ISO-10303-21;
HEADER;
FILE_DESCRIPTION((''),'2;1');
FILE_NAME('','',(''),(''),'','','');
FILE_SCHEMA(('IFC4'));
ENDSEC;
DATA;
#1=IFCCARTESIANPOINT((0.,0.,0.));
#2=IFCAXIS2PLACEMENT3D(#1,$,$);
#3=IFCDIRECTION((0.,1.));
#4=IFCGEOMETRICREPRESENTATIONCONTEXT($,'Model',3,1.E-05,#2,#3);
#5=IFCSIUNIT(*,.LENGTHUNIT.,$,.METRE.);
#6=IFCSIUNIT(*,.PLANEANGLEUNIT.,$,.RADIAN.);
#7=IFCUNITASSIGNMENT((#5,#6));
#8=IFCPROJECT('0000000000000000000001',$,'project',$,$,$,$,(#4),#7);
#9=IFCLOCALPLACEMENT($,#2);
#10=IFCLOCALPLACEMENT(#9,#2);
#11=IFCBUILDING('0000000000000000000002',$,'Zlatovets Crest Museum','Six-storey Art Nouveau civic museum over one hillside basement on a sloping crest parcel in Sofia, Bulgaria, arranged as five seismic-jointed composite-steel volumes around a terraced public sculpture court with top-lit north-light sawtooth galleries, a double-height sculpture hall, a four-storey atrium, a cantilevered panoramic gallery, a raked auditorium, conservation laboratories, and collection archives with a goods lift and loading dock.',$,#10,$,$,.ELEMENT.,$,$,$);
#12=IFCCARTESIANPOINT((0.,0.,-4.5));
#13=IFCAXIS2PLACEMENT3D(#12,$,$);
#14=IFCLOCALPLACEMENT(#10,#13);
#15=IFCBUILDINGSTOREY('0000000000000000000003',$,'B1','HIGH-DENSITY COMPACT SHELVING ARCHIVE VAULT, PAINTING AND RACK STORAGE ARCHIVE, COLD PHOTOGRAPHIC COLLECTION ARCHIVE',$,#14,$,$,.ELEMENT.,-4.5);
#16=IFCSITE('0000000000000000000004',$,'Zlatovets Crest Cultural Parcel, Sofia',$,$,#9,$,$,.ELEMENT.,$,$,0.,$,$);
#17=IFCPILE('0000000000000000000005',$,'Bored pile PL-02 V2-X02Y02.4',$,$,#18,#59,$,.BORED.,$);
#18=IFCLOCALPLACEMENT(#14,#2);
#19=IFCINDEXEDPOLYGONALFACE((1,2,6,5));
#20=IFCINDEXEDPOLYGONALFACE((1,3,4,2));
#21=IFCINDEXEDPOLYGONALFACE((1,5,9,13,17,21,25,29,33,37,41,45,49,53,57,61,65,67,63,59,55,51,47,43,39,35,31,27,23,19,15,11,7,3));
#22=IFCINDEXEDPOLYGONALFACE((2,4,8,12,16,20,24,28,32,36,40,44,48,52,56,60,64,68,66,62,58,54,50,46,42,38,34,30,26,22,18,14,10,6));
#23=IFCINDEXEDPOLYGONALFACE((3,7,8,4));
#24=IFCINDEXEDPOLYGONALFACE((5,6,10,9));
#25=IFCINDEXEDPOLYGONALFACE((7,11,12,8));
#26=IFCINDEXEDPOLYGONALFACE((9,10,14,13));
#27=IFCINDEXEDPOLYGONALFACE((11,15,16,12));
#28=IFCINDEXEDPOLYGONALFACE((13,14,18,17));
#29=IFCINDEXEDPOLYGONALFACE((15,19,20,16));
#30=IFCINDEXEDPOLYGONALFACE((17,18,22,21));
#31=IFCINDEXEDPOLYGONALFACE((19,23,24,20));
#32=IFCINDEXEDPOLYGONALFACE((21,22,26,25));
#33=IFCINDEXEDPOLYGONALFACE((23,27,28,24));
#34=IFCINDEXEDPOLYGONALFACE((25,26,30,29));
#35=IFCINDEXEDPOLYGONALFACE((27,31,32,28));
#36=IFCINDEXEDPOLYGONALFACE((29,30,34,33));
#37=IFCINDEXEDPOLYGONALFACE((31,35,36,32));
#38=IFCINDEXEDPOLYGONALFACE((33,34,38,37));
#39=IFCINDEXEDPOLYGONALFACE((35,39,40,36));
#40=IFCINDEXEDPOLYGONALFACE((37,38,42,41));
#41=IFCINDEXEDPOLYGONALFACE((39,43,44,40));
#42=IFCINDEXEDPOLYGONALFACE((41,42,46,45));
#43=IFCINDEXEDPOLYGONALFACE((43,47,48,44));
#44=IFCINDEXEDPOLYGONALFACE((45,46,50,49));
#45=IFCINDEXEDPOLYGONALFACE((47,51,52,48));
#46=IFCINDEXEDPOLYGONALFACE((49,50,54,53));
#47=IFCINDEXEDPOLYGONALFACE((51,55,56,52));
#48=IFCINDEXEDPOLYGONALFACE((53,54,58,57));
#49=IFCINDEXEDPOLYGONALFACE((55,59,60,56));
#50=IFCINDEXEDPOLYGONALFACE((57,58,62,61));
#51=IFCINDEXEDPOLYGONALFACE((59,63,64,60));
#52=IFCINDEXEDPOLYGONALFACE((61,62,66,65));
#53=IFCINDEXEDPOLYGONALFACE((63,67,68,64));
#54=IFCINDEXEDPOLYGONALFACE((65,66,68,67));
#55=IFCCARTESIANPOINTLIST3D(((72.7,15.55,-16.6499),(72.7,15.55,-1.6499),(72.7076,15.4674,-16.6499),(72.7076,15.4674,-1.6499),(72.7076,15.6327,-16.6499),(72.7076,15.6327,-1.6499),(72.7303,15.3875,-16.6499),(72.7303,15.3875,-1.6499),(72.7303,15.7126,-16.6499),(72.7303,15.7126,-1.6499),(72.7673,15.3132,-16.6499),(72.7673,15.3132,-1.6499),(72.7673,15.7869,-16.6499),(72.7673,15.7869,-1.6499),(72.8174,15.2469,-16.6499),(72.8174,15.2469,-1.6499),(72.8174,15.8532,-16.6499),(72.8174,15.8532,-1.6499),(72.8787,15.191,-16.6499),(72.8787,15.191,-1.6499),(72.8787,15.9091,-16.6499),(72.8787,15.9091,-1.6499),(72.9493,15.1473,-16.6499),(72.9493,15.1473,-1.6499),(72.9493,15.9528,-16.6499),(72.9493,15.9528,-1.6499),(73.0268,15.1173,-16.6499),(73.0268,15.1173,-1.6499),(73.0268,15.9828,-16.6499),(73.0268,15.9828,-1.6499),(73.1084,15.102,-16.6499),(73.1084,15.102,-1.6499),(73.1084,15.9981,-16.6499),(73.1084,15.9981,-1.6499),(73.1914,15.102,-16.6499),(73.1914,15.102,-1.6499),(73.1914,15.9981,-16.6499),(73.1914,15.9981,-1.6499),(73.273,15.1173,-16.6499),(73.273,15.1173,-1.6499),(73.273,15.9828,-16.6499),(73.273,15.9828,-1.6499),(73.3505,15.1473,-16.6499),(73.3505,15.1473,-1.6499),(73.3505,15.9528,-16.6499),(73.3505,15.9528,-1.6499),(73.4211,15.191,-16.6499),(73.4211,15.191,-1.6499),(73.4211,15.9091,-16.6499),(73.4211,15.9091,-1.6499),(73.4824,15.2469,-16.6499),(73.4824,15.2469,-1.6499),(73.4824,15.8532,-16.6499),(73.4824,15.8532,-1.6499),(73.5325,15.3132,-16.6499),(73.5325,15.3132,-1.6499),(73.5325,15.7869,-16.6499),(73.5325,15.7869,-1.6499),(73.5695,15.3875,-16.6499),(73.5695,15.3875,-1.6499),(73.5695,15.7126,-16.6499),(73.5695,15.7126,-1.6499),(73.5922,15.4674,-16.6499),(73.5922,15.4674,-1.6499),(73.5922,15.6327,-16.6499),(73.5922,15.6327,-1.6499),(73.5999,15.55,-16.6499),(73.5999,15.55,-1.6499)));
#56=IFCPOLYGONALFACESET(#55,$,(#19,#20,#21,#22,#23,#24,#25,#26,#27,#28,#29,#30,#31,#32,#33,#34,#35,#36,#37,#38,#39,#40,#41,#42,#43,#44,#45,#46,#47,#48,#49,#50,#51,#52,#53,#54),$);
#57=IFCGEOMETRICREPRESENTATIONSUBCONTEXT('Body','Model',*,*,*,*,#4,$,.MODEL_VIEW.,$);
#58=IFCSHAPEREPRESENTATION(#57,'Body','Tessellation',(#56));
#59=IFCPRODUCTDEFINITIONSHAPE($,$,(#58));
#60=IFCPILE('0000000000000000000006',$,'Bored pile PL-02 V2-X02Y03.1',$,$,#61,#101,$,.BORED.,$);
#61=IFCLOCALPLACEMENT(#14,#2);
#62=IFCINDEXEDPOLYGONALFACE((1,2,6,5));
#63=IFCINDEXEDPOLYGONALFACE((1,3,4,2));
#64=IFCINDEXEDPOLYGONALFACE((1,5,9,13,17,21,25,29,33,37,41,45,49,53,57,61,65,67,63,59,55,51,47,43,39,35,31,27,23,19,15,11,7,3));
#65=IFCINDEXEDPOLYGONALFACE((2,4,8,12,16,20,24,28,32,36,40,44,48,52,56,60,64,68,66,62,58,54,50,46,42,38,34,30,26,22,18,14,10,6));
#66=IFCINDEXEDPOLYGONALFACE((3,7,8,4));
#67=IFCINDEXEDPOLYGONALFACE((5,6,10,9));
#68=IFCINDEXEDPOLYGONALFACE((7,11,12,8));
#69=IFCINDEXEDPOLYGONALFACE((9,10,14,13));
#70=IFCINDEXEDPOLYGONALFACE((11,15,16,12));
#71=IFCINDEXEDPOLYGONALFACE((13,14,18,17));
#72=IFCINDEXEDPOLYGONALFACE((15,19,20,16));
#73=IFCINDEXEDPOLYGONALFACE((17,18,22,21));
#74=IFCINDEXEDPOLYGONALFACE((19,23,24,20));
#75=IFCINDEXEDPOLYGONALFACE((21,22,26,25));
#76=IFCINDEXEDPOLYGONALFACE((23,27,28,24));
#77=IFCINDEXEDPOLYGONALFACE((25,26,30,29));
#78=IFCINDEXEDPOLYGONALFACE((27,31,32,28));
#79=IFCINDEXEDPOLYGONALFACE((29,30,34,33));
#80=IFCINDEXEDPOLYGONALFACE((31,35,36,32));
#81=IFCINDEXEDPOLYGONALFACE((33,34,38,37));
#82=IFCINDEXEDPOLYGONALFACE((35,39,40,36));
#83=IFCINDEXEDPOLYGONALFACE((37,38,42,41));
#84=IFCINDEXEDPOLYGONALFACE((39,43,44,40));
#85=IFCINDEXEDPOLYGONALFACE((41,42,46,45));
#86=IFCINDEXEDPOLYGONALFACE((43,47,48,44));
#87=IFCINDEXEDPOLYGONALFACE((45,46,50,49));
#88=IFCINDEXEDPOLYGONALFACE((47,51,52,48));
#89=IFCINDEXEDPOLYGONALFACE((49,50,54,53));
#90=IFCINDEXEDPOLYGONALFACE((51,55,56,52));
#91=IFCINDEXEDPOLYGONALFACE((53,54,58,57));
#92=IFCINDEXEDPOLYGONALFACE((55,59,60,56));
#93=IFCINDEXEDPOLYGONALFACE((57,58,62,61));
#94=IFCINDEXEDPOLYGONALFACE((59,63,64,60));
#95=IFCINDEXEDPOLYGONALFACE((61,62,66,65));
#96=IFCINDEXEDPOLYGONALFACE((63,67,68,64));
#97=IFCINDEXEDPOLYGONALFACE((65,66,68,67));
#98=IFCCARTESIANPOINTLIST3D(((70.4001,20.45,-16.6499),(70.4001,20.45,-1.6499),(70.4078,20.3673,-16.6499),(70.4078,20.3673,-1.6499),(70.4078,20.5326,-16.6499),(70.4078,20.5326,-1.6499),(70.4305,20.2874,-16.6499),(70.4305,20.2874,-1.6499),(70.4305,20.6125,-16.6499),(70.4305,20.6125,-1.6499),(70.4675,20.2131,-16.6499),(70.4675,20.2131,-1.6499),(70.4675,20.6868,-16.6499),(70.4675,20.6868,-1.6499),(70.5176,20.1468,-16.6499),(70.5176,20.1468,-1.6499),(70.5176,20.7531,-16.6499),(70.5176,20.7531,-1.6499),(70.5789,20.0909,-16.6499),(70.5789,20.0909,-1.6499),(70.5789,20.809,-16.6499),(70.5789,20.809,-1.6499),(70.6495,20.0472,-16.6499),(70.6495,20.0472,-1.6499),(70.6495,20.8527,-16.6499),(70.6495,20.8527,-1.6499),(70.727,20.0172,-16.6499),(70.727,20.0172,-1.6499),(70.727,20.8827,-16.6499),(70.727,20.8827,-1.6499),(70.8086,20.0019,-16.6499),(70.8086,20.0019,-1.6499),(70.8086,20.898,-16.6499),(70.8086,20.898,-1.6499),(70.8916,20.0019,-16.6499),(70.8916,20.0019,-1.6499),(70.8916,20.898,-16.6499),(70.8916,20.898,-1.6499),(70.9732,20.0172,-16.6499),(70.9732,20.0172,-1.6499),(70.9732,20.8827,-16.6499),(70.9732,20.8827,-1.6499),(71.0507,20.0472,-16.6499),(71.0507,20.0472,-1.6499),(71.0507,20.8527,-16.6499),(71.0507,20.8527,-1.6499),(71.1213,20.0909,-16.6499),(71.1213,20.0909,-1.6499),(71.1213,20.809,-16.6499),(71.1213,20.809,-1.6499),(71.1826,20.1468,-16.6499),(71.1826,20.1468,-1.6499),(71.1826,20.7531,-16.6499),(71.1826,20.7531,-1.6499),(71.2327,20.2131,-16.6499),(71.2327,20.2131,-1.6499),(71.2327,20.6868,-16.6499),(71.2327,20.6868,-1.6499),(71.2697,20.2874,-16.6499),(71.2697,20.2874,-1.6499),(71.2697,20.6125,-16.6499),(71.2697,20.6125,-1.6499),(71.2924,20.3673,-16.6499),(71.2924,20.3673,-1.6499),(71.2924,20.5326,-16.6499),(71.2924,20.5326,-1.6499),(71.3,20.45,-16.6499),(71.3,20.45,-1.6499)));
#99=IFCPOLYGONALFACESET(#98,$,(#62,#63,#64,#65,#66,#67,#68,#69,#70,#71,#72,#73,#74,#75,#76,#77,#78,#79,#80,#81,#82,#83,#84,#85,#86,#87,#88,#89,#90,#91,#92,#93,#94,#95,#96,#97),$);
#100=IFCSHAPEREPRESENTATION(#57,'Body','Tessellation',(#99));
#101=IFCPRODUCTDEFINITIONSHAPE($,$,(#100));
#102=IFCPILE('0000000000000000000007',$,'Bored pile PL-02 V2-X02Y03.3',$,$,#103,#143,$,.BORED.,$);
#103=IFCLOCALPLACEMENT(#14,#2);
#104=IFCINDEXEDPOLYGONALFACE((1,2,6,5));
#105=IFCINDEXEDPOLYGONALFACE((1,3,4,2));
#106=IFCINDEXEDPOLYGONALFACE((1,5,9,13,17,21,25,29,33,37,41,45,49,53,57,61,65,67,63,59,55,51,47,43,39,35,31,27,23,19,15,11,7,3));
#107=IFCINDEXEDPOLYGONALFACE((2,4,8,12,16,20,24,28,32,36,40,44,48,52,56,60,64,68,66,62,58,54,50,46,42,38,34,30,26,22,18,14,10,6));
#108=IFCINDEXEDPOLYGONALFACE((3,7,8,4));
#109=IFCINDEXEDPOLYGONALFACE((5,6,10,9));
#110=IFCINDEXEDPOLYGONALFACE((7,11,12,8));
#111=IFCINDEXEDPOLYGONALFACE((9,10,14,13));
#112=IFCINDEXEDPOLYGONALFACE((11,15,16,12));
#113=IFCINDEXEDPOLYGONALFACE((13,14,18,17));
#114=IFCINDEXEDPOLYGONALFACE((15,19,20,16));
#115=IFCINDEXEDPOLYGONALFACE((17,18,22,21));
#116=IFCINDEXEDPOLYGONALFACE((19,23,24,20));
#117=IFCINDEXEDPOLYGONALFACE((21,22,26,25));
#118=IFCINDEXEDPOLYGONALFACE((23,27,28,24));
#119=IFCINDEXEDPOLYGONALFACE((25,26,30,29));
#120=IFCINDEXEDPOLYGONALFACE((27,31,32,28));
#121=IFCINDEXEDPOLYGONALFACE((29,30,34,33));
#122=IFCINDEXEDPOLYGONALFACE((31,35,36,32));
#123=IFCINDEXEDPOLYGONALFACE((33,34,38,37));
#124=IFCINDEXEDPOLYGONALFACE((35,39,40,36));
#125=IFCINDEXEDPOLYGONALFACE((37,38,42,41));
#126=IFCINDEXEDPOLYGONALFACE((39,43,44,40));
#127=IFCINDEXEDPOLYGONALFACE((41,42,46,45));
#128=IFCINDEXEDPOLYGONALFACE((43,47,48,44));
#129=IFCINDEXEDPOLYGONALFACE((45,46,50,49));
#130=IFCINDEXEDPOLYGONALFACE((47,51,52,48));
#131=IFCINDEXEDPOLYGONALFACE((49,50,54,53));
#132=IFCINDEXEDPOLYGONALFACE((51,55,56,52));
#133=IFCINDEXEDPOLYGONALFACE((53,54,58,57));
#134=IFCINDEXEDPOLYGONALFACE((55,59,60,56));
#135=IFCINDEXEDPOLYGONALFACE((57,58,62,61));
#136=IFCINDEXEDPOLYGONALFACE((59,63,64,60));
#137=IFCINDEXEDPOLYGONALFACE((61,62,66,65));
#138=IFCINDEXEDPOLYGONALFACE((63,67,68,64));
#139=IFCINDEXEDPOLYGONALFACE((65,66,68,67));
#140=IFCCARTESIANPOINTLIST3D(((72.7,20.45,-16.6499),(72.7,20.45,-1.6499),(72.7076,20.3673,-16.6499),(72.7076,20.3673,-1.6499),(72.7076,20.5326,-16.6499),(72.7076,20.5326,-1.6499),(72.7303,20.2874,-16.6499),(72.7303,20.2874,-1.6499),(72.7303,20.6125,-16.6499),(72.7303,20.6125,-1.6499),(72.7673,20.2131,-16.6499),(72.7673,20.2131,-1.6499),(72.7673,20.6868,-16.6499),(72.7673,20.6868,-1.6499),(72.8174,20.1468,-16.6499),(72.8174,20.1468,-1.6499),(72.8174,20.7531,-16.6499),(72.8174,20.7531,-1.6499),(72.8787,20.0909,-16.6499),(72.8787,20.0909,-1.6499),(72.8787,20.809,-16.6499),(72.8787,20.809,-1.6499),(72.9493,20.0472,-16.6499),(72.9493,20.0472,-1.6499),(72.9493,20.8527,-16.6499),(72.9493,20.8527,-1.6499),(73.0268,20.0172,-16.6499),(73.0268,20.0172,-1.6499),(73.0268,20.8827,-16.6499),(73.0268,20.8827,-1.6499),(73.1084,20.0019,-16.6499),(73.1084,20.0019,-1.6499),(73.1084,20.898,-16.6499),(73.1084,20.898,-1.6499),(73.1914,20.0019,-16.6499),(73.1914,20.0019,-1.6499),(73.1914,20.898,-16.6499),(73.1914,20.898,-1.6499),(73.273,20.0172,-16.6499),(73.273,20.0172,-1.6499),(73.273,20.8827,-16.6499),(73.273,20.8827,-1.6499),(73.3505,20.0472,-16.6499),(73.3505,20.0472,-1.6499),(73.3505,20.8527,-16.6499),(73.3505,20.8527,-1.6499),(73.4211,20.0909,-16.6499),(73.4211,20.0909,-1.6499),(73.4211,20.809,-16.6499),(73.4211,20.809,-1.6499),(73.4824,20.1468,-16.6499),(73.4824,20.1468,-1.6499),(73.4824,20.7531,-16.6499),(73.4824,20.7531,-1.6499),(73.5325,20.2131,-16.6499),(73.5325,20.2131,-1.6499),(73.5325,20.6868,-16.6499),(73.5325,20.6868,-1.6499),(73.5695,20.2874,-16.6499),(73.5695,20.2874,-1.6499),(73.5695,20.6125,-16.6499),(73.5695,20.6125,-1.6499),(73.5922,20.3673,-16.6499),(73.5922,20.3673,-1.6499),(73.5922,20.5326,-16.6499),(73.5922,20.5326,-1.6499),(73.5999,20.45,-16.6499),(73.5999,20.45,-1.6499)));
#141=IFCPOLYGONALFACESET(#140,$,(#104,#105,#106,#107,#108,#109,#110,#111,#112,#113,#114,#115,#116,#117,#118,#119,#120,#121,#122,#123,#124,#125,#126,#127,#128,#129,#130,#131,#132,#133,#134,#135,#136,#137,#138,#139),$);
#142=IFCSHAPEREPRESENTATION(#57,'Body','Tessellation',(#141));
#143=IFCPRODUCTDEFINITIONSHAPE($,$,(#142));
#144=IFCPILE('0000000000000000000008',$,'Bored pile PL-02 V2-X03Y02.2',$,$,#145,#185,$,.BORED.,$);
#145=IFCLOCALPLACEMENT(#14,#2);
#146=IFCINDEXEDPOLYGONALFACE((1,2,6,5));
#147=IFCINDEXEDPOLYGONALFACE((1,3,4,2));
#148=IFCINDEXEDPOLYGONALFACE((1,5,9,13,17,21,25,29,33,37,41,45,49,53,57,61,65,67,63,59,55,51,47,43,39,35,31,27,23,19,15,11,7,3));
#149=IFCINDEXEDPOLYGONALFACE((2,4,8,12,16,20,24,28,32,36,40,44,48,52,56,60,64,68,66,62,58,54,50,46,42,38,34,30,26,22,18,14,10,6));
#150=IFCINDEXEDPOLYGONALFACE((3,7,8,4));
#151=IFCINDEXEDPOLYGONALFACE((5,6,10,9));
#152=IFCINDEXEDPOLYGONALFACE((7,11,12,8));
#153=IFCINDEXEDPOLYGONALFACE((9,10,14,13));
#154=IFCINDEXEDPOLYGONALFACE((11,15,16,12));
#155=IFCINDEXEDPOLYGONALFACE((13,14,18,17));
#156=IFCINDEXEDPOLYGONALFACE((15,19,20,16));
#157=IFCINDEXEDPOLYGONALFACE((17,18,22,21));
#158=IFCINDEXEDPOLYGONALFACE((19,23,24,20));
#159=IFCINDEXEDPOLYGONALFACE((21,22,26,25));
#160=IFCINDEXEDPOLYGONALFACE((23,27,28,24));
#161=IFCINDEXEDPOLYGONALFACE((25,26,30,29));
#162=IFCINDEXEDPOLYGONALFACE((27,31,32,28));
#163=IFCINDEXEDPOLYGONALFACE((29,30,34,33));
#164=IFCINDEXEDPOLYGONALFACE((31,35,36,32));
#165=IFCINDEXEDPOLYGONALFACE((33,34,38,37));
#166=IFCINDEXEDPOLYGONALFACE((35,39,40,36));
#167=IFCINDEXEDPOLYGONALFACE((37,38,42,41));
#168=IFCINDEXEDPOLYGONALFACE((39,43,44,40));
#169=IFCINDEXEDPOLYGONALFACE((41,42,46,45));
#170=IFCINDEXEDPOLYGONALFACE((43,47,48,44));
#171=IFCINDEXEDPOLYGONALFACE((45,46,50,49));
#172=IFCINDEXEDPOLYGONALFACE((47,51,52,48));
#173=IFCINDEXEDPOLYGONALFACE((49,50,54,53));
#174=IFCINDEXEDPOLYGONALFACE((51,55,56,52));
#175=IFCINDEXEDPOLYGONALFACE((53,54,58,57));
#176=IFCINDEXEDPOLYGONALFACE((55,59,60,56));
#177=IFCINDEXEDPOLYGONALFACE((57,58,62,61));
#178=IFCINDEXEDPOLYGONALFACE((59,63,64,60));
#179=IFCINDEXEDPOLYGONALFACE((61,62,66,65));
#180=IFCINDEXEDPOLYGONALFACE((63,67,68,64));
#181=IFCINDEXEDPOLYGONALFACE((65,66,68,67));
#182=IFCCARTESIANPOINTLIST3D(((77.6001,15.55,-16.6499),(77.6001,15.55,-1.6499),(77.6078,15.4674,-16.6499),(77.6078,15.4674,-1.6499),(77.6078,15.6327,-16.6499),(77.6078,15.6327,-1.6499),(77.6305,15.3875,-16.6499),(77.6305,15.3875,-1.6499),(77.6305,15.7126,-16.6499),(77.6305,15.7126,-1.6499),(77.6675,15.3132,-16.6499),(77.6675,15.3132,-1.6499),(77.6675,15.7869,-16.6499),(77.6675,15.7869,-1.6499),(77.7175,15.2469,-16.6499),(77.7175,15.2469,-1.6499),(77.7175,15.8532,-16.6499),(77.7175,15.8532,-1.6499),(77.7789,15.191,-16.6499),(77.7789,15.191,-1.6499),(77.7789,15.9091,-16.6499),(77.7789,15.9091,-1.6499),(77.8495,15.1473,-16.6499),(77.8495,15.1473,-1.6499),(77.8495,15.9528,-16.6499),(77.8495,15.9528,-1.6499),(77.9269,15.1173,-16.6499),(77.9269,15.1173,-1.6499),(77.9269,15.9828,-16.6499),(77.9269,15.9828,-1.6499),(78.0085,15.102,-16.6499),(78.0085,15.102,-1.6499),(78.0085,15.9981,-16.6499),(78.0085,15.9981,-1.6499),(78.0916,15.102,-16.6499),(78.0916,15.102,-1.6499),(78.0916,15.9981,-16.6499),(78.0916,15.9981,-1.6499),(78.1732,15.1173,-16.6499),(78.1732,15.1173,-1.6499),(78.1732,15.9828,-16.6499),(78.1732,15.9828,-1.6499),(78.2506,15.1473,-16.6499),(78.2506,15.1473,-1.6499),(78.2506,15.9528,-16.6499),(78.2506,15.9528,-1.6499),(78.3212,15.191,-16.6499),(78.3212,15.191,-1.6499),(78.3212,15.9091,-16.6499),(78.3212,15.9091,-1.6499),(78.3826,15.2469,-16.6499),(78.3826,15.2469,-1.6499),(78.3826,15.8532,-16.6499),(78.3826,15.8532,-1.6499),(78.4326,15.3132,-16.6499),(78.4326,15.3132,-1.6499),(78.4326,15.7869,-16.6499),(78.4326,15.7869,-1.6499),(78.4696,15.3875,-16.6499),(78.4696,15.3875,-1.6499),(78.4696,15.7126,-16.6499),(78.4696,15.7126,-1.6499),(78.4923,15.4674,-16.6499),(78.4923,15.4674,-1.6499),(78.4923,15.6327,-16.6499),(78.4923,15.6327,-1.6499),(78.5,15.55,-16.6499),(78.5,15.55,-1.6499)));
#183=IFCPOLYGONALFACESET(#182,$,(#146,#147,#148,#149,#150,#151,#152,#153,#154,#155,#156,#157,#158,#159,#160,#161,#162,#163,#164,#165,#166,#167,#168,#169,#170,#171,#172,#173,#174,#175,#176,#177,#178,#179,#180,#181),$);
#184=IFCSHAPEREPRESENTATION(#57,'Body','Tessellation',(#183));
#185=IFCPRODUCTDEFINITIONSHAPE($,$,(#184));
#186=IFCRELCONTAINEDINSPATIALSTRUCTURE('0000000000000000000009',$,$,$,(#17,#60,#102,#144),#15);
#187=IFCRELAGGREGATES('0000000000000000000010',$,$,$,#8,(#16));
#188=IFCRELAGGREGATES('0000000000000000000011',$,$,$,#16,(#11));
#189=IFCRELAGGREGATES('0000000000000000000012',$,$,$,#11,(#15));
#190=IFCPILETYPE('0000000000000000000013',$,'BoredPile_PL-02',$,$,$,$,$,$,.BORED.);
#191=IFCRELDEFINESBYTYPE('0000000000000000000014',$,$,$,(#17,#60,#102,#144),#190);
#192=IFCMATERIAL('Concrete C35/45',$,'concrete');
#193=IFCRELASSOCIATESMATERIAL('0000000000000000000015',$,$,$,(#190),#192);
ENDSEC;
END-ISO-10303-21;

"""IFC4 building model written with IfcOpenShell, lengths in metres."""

from ifc_helpers import new_model, si_unit, direction, frame, origin, origin_2d, place, context, subcontext, project, spatial, circle, extrude, material, material_profile, profile_set, type_object, element, save


model = new_model("IFC4")

# Units and contexts
model_context = context("Model", 3, precision=1e-05, world=origin(), true_north=direction((0.0, 1.0)))
body_context = subcontext(model_context, "Body", "Model", "MODEL_VIEW")
ifc_project = project(units=[si_unit("LENGTHUNIT", "METRE"), si_unit("PLANEANGLEUNIT", "RADIAN")], contexts=[model_context])

# Site, building, storey
site_placement = place(None, origin())
site = spatial("IfcSite", under=ifc_project, at=site_placement, Name="Zlatovets Crest Cultural Parcel, Sofia", CompositionType="ELEMENT", RefElevation=0.0)
building_placement = place(site_placement, origin())
building = spatial("IfcBuilding", under=site, at=building_placement, Name="Zlatovets Crest Museum", Description="Six-storey Art Nouveau civic museum over one hillside basement on a sloping crest parcel in Sofia, Bulgaria, arranged as five seismic-jointed composite-steel volumes around a terraced public sculpture court with top-lit north-light sawtooth galleries, a double-height sculpture hall, a four-storey atrium, a cantilevered panoramic gallery, a raked auditorium, conservation laboratories, and collection archives with a goods lift and loading dock.", CompositionType="ELEMENT")
storey_placement = place(building_placement, frame((0.0, 0.0, -4.5)))
storey = spatial("IfcBuildingStorey", under=building, at=storey_placement, Name="B1", Description="HIGH-DENSITY COMPACT SHELVING ARCHIVE VAULT, PAINTING AND RACK STORAGE ARCHIVE, COLD PHOTOGRAPHIC COLLECTION ARCHIVE", CompositionType="ELEMENT", Elevation=-4.5)

# Piles
ifc_material_1 = material(Name="Concrete C35/45", Category="concrete")
ifc_material_profile_1 = material_profile(ifc_material_1, circle(Radius=0.45, at=origin_2d()), Name="PILE D900")
ifc_profile_set_1 = profile_set([ifc_material_profile_1], Name="Concrete C35/45")
pile_type = type_object("IfcPileType", Name="BoredPile_PL-02", PredefinedType="BORED", material=ifc_profile_set_1)
for number, where, z_axis, x_axis, name in (
    (1, (73.1499, 15.55, -1.6499), (0.0, 0.0, -1.0), (1.0, 0.0, 0.0), "Bored pile PL-02 V2-X02Y02.4"),
    (2, (70.8501, 20.45, -1.6499), (0.0, 0.0, -1.0), (1.0, 0.0, 0.0), "Bored pile PL-02 V2-X02Y03.1"),
    (3, (73.1499, 20.45, -1.6499), (0.0, 0.0, -1.0), (1.0, 0.0, 0.0), "Bored pile PL-02 V2-X02Y03.3"),
    (4, (78.05, 15.55, -1.6499), (0.0, 0.0, -1.0), (1.0, 0.0, 0.0), "Bored pile PL-02 V2-X03Y02.2"),
):
    element("IfcPile", number, at=place(storey_placement, frame(where, z_axis=z_axis, x_axis=x_axis)), inside=storey, type_object=pile_type, Name=name, PredefinedType="BORED", context=body_context, shape_type="SweptSolid", body=[
        extrude(circle(Radius=0.45, at=origin_2d()), origin(), (0.0, 0.0, 1.0), 15.0),
    ])

save(model, "model.ifc")
